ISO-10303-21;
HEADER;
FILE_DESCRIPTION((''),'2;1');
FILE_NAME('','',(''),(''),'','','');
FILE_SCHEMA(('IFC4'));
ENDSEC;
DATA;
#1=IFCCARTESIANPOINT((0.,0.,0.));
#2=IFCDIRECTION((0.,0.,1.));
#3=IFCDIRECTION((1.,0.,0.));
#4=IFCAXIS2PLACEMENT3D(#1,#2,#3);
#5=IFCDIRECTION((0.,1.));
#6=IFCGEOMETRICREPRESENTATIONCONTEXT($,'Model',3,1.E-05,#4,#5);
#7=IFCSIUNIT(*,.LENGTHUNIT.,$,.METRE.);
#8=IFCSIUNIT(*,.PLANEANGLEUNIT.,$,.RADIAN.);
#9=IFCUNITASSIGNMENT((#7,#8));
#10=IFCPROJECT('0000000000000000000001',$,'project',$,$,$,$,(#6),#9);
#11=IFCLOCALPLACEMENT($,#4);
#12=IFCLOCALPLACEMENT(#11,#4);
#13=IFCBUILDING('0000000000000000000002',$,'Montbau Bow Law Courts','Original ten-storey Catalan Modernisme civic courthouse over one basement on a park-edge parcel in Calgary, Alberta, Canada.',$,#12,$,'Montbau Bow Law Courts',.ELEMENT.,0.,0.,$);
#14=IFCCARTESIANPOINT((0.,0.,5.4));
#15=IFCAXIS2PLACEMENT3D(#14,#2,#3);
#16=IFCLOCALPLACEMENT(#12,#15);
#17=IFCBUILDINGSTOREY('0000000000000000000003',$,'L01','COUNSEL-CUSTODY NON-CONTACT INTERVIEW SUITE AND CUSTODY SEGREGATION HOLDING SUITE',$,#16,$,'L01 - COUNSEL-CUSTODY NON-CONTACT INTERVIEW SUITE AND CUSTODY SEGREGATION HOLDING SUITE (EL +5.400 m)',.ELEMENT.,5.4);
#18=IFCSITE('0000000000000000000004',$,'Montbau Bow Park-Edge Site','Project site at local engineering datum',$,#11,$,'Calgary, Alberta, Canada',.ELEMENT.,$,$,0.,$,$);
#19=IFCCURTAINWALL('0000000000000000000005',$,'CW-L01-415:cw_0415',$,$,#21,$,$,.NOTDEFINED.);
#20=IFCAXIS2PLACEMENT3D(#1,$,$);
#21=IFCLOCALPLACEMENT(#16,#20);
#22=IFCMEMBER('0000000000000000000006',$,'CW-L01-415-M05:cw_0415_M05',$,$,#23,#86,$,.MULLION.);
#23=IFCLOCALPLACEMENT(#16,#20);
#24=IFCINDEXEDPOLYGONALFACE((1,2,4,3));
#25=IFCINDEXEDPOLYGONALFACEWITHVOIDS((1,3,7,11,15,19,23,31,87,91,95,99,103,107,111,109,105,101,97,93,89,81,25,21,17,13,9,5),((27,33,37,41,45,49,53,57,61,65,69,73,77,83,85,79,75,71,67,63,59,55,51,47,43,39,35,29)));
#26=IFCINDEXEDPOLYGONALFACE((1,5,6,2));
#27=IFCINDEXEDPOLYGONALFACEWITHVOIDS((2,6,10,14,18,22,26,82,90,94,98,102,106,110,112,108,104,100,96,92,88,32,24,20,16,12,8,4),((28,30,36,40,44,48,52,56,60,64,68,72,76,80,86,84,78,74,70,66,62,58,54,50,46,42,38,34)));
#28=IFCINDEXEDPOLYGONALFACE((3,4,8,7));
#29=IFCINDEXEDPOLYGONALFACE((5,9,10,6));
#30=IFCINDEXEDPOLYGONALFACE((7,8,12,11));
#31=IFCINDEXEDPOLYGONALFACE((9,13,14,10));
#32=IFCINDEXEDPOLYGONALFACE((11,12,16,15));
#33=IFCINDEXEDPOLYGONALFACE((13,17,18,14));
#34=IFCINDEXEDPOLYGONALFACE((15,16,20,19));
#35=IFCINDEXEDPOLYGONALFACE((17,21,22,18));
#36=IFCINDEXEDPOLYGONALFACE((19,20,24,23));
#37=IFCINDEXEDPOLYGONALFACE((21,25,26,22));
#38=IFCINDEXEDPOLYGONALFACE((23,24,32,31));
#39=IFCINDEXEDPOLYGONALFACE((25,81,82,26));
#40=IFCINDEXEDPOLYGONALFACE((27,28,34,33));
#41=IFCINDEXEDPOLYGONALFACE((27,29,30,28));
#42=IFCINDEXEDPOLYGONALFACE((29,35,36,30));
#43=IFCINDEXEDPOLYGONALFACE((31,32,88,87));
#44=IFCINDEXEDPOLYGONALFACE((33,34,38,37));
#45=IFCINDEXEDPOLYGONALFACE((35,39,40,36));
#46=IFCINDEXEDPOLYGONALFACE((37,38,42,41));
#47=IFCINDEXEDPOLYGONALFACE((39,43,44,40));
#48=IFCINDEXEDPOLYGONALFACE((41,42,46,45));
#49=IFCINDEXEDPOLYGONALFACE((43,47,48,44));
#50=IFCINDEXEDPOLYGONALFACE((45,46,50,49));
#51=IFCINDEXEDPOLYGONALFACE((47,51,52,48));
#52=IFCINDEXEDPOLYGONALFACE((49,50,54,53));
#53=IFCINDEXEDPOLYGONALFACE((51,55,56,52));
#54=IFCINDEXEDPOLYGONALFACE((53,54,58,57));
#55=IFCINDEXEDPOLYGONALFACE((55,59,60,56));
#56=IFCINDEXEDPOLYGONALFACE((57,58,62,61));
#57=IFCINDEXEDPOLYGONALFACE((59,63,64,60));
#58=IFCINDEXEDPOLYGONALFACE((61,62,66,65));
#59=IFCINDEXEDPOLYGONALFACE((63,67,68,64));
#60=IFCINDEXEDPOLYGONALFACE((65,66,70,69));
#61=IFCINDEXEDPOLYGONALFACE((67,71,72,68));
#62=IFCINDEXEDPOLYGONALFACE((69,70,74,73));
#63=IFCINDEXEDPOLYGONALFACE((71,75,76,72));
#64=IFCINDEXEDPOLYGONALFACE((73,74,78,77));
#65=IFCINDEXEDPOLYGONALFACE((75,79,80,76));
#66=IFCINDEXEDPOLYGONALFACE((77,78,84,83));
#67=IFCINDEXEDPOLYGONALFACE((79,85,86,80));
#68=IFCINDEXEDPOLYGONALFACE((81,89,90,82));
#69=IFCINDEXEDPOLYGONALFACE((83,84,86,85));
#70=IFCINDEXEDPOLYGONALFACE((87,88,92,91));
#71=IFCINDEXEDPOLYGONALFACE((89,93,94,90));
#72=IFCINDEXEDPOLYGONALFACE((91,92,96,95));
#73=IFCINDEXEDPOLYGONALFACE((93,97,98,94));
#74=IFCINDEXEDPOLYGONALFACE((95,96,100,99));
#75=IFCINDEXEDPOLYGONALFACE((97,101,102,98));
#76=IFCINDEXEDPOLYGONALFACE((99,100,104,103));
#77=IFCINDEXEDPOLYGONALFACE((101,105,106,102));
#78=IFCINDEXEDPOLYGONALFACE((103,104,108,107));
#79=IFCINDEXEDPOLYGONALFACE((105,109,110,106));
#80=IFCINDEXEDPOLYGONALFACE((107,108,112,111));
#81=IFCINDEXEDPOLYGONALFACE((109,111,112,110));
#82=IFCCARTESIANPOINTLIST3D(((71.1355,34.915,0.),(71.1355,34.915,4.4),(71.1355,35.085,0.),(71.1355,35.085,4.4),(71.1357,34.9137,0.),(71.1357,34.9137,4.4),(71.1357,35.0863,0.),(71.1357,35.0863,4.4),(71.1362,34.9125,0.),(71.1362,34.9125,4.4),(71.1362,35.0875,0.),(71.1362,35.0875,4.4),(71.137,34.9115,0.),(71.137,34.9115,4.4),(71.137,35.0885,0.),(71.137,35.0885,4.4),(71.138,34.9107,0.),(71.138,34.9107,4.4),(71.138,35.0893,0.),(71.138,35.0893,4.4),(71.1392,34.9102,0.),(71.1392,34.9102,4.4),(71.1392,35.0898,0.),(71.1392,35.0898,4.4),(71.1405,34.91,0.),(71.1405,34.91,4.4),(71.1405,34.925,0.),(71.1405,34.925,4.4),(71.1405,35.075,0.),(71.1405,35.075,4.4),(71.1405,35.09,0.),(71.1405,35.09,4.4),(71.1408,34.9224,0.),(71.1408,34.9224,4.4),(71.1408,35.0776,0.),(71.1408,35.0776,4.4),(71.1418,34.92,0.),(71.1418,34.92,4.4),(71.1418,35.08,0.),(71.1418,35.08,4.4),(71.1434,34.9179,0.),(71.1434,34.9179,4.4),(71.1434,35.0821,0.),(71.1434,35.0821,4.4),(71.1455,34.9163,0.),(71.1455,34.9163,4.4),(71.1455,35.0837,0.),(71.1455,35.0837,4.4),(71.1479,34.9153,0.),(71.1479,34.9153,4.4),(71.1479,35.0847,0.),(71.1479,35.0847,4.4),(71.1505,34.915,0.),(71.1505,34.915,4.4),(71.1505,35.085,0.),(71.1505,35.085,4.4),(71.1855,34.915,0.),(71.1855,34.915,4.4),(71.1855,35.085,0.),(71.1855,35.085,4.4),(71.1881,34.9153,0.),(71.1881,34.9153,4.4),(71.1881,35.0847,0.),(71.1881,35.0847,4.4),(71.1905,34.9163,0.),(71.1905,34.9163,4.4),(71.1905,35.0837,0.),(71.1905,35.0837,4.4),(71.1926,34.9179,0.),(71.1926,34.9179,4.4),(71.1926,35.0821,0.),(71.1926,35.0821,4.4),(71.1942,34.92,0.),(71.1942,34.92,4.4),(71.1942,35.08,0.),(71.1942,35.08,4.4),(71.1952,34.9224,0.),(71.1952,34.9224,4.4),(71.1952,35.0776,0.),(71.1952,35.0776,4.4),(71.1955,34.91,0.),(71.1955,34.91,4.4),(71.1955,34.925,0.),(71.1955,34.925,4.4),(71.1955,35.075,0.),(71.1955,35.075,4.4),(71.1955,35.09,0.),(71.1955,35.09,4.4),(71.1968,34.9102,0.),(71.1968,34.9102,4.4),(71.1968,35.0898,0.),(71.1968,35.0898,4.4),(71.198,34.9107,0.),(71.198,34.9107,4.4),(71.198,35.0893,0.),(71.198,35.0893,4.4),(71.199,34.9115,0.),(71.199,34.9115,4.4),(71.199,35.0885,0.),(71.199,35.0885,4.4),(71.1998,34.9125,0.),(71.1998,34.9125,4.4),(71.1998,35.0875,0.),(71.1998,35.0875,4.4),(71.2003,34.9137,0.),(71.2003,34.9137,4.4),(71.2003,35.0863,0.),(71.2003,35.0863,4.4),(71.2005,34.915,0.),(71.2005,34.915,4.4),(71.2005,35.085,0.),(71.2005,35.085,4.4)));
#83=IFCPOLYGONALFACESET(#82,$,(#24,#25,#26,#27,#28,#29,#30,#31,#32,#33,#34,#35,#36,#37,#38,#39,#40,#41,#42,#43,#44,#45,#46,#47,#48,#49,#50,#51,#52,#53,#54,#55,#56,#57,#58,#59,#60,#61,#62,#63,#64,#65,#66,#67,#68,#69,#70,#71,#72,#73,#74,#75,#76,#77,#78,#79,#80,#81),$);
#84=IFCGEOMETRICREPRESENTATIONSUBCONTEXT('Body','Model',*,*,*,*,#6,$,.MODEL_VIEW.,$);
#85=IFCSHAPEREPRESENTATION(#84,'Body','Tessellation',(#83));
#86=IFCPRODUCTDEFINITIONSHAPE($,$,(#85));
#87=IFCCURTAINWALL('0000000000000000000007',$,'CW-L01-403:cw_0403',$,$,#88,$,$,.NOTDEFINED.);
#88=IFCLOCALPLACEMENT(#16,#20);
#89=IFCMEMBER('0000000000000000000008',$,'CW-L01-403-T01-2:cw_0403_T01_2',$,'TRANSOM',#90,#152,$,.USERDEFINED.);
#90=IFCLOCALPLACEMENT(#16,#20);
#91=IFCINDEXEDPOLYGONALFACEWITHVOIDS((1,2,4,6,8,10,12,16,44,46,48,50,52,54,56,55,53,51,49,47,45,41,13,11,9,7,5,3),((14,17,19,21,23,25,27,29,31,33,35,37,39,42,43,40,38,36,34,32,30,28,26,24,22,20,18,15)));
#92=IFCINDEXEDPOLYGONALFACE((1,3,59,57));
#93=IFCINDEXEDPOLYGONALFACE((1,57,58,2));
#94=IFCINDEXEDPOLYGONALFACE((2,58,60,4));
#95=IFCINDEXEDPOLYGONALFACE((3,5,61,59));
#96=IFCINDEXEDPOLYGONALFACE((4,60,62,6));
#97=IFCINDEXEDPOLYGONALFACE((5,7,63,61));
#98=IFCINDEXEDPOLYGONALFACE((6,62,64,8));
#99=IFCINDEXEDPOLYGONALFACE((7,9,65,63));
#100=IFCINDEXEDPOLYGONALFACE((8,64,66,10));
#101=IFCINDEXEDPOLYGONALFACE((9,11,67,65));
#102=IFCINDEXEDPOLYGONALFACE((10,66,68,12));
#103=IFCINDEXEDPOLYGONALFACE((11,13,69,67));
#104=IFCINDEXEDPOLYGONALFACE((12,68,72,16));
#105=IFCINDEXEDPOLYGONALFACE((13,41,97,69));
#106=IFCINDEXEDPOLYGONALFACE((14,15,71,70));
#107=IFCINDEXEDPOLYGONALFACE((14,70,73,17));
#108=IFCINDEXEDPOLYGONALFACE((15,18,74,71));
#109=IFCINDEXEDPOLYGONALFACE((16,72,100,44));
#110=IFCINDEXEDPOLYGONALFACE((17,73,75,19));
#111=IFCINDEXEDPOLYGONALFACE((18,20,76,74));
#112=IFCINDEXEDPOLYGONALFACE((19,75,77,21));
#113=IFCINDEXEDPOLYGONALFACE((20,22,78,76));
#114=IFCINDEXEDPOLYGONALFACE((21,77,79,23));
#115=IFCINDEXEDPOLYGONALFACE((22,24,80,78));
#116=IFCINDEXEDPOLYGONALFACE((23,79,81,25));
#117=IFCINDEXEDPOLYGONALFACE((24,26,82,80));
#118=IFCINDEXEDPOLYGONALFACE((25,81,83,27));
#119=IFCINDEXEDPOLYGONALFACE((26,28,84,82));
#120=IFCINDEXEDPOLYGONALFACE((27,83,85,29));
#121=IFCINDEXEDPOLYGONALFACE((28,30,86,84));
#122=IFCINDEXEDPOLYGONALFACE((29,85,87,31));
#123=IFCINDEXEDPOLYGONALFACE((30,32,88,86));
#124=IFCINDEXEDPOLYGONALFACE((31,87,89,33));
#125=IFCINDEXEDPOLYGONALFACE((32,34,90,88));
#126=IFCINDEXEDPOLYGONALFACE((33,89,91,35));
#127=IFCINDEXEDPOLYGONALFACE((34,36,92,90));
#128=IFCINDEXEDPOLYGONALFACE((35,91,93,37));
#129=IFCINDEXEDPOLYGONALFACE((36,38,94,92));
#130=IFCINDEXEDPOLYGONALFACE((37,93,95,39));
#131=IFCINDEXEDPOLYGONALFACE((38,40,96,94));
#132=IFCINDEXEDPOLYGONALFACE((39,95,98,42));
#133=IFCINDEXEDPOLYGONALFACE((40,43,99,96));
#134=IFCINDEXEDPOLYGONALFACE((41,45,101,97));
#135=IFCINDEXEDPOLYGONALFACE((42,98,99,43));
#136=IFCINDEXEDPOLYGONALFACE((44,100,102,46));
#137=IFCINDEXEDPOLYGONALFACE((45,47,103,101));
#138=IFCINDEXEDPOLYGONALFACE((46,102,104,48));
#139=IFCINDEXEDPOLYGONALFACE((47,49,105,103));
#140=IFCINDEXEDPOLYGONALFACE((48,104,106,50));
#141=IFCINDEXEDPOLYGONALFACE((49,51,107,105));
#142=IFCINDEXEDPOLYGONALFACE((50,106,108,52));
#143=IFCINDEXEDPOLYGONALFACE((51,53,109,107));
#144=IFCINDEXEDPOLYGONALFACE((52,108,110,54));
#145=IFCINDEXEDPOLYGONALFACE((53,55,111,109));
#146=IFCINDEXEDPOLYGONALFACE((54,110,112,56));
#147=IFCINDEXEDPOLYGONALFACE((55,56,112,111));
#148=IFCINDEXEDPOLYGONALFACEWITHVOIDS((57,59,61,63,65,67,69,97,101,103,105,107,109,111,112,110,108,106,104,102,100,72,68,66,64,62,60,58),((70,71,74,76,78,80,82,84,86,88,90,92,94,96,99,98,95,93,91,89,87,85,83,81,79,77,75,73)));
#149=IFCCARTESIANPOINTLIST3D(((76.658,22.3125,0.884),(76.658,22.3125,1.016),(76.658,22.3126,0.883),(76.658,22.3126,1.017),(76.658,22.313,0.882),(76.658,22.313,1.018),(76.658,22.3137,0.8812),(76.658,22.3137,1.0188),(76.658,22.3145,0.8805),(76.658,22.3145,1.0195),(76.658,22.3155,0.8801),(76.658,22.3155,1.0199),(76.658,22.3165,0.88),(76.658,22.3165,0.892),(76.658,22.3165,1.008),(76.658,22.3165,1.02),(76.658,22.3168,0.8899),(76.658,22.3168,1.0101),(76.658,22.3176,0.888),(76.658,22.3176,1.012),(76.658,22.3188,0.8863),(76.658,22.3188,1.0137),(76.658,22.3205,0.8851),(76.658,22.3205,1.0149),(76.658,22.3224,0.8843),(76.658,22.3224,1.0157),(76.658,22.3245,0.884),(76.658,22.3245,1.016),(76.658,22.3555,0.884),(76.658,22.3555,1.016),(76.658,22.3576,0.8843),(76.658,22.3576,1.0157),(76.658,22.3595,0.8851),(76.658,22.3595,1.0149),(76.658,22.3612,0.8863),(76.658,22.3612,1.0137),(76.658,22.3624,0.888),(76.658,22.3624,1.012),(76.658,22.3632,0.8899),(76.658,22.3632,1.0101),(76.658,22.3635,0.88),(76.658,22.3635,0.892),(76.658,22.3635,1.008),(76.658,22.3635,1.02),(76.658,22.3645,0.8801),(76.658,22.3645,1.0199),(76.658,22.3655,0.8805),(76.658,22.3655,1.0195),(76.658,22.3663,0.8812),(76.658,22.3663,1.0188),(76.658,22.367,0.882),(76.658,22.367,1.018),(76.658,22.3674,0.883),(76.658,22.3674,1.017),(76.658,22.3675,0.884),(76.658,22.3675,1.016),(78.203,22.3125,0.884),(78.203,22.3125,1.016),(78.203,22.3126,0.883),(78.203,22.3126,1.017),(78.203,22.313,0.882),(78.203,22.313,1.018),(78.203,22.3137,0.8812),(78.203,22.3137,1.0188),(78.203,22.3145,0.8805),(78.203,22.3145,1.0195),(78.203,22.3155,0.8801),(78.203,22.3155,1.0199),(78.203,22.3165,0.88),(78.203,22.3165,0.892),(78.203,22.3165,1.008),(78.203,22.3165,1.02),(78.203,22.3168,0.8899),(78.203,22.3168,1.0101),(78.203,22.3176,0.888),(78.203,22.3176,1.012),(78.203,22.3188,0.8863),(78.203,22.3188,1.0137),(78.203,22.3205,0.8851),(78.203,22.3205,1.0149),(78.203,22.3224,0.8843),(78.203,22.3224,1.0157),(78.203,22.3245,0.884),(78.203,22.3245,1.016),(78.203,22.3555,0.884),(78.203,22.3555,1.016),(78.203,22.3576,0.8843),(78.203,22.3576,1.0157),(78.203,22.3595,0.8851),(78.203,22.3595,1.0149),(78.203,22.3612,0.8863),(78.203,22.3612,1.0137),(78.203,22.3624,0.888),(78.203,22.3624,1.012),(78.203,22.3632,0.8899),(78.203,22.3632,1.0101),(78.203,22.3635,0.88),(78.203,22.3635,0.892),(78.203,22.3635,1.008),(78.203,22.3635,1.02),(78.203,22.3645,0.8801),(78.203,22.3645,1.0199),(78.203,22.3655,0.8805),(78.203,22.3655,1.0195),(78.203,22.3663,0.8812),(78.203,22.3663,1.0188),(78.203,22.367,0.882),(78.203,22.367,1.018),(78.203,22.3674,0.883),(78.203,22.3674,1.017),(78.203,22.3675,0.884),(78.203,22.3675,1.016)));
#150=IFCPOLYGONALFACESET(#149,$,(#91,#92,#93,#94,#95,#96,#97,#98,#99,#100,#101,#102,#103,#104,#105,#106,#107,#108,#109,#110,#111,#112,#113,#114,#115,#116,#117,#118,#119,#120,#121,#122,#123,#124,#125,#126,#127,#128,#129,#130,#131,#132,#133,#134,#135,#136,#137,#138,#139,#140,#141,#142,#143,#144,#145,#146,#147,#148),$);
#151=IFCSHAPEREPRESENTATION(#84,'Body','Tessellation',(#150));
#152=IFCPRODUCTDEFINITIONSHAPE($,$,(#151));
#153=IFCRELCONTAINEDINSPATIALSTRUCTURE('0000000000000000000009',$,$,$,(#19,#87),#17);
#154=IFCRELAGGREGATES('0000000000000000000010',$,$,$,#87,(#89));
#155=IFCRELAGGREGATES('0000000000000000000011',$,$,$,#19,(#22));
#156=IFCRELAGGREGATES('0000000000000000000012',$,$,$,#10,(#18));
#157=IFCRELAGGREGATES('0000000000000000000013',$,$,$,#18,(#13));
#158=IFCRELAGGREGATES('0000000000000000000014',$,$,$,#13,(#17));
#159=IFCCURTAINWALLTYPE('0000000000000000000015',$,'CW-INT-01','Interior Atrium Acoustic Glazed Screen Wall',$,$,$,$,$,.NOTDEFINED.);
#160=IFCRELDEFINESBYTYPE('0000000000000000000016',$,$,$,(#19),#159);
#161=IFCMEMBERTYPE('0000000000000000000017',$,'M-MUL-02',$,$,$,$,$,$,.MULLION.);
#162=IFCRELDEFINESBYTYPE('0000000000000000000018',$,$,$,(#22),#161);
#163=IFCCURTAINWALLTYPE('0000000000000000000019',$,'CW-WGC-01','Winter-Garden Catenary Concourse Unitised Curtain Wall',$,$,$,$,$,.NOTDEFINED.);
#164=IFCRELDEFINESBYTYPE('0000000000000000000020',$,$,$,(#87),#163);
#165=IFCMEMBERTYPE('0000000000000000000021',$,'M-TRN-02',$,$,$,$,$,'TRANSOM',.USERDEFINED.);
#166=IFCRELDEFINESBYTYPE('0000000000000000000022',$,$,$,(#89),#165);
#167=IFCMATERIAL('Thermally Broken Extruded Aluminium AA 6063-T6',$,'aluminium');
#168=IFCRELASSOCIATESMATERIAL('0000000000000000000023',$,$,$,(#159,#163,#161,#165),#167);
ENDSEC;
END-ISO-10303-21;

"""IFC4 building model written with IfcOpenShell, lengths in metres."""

from ifc_helpers import new_model, si_unit, direction, frame, origin_with_axes, origin_2d_with_axis, place, context, subcontext, project, spatial, hollow_rectangle, extrude, material, material_profile, profile_set, type_object, element, aggregate, save


model = new_model("IFC4")

# Units and contexts
model_context = context("Model", 3, precision=1e-05, world=origin_with_axes(), true_north=direction((0.0, 1.0)))
body_context = subcontext(model_context, "Body", "Model", "MODEL_VIEW")
ifc_project = project(units=[si_unit("LENGTHUNIT", "METRE"), si_unit("PLANEANGLEUNIT", "RADIAN")], contexts=[model_context])

# Site, building, storey
site_placement = place(None, origin_with_axes())
site = spatial("IfcSite", under=ifc_project, at=site_placement, Name="Montbau Bow Park-Edge Site", Description="Project site at local engineering datum", LongName="Calgary, Alberta, Canada", CompositionType="ELEMENT", RefElevation=0.0)
building_placement = place(site_placement, origin_with_axes())
building = spatial("IfcBuilding", under=site, at=building_placement, Name="Montbau Bow Law Courts", Description="Original ten-storey Catalan Modernisme civic courthouse over one basement on a park-edge parcel in Calgary, Alberta, Canada.", LongName="Montbau Bow Law Courts", CompositionType="ELEMENT", ElevationOfRefHeight=0.0, ElevationOfTerrain=0.0)
storey_placement = place(building_placement, frame((0.0, 0.0, 5.4), z_axis=(0.0, 0.0, 1.0), x_axis=(1.0, 0.0, 0.0)))
storey = spatial("IfcBuildingStorey", under=building, at=storey_placement, Name="L01", Description="COUNSEL-CUSTODY NON-CONTACT INTERVIEW SUITE AND CUSTODY SEGREGATION HOLDING SUITE", LongName="L01 - COUNSEL-CUSTODY NON-CONTACT INTERVIEW SUITE AND CUSTODY SEGREGATION HOLDING SUITE (EL +5.400 m)", CompositionType="ELEMENT", Elevation=5.4)

# Curtain walls, members
ifc_material_1 = material(Name="Thermally Broken Extruded Aluminium AA 6063-T6", Category="aluminium")
curtain_wall_type_1 = type_object("IfcCurtainWallType", Name="CW-INT-01", Description="Interior Atrium Acoustic Glazed Screen Wall", PredefinedType="NOTDEFINED", material=ifc_material_1)
curtain_wall_1_placement = place(None, frame((65.6, 35.0, 5.4), z_axis=(0.0, 0.0, 1.0), x_axis=(1.0, 0.0, 0.0)))
curtain_wall_1 = element("IfcCurtainWall", 1, at=curtain_wall_1_placement, inside=storey, type_object=curtain_wall_type_1, Name="CW-L01-415:cw_0415", PredefinedType="NOTDEFINED")
ifc_material_profile_1 = material_profile(ifc_material_1, hollow_rectangle(XDim=0.065, YDim=0.18, WallThickness=0.005, InnerFilletRadius=0.01, OuterFilletRadius=0.005, at=origin_2d_with_axis()), Name="CWM-180X65", Category="Main", Priority=0)
ifc_profile_set_1 = profile_set([ifc_material_profile_1], Name="Thermally Broken Extruded Aluminium AA 6063-T6")
member_type_1 = type_object("IfcMemberType", Name="M-MUL-02", PredefinedType="MULLION", material=ifc_profile_set_1)
member_1_placement = place(None, frame((71.168, 35.0, 5.4), z_axis=(0.0, 0.0, 1.0), x_axis=(1.0, 0.0, 0.0)))
member_1 = element("IfcMember", 2, at=member_1_placement, type_object=member_type_1, Name="CW-L01-415-M05:cw_0415_M05", PredefinedType="MULLION", context=body_context, shape_type="SweptSolid", body=[
    extrude(hollow_rectangle(XDim=0.065, YDim=0.18, WallThickness=0.005, InnerFilletRadius=0.01, OuterFilletRadius=0.005, at=origin_2d_with_axis()), origin_with_axes(), (0.0, 0.0, 1.0), 4.4),
])
curtain_wall_type_2 = type_object("IfcCurtainWallType", Name="CW-WGC-01", Description="Winter-Garden Catenary Concourse Unitised Curtain Wall", PredefinedType="NOTDEFINED", material=ifc_material_1)
curtain_wall_2_placement = place(None, frame((76.59, 22.34, 5.4), z_axis=(0.0, 0.0, 1.0), x_axis=(1.0, 0.0, 0.0)))
curtain_wall_2 = element("IfcCurtainWall", 3, at=curtain_wall_2_placement, inside=storey, type_object=curtain_wall_type_2, Name="CW-L01-403:cw_0403", PredefinedType="NOTDEFINED")
ifc_material_profile_2 = material_profile(ifc_material_1, hollow_rectangle(XDim=0.055, YDim=0.14, WallThickness=0.004, InnerFilletRadius=0.008, OuterFilletRadius=0.004, at=origin_2d_with_axis()), Name="CWT-140X55", Category="Main", Priority=0)
ifc_profile_set_2 = profile_set([ifc_material_profile_2], Name="Thermally Broken Extruded Aluminium AA 6063-T6")
member_type_2 = type_object("IfcMemberType", Name="M-TRN-02", ElementType="TRANSOM", PredefinedType="USERDEFINED", material=ifc_profile_set_2)
member_2_placement = place(None, frame((76.658, 22.34, 6.35), z_axis=(1.0, 0.0, 0.0), x_axis=(0.0, 1.0, 0.0)))
member_2 = element("IfcMember", 4, at=member_2_placement, type_object=member_type_2, Name="CW-L01-403-T01-2:cw_0403_T01_2", ObjectType="TRANSOM", PredefinedType="USERDEFINED", context=body_context, shape_type="SweptSolid", body=[
    extrude(hollow_rectangle(XDim=0.055, YDim=0.14, WallThickness=0.004, InnerFilletRadius=0.008, OuterFilletRadius=0.004, at=origin_2d_with_axis()), origin_with_axes(), (0.0, 0.0, 1.0), 1.545),
])
aggregate(curtain_wall_2, [member_2])

aggregate(curtain_wall_1, [member_1])

save(model, "model.ifc")
